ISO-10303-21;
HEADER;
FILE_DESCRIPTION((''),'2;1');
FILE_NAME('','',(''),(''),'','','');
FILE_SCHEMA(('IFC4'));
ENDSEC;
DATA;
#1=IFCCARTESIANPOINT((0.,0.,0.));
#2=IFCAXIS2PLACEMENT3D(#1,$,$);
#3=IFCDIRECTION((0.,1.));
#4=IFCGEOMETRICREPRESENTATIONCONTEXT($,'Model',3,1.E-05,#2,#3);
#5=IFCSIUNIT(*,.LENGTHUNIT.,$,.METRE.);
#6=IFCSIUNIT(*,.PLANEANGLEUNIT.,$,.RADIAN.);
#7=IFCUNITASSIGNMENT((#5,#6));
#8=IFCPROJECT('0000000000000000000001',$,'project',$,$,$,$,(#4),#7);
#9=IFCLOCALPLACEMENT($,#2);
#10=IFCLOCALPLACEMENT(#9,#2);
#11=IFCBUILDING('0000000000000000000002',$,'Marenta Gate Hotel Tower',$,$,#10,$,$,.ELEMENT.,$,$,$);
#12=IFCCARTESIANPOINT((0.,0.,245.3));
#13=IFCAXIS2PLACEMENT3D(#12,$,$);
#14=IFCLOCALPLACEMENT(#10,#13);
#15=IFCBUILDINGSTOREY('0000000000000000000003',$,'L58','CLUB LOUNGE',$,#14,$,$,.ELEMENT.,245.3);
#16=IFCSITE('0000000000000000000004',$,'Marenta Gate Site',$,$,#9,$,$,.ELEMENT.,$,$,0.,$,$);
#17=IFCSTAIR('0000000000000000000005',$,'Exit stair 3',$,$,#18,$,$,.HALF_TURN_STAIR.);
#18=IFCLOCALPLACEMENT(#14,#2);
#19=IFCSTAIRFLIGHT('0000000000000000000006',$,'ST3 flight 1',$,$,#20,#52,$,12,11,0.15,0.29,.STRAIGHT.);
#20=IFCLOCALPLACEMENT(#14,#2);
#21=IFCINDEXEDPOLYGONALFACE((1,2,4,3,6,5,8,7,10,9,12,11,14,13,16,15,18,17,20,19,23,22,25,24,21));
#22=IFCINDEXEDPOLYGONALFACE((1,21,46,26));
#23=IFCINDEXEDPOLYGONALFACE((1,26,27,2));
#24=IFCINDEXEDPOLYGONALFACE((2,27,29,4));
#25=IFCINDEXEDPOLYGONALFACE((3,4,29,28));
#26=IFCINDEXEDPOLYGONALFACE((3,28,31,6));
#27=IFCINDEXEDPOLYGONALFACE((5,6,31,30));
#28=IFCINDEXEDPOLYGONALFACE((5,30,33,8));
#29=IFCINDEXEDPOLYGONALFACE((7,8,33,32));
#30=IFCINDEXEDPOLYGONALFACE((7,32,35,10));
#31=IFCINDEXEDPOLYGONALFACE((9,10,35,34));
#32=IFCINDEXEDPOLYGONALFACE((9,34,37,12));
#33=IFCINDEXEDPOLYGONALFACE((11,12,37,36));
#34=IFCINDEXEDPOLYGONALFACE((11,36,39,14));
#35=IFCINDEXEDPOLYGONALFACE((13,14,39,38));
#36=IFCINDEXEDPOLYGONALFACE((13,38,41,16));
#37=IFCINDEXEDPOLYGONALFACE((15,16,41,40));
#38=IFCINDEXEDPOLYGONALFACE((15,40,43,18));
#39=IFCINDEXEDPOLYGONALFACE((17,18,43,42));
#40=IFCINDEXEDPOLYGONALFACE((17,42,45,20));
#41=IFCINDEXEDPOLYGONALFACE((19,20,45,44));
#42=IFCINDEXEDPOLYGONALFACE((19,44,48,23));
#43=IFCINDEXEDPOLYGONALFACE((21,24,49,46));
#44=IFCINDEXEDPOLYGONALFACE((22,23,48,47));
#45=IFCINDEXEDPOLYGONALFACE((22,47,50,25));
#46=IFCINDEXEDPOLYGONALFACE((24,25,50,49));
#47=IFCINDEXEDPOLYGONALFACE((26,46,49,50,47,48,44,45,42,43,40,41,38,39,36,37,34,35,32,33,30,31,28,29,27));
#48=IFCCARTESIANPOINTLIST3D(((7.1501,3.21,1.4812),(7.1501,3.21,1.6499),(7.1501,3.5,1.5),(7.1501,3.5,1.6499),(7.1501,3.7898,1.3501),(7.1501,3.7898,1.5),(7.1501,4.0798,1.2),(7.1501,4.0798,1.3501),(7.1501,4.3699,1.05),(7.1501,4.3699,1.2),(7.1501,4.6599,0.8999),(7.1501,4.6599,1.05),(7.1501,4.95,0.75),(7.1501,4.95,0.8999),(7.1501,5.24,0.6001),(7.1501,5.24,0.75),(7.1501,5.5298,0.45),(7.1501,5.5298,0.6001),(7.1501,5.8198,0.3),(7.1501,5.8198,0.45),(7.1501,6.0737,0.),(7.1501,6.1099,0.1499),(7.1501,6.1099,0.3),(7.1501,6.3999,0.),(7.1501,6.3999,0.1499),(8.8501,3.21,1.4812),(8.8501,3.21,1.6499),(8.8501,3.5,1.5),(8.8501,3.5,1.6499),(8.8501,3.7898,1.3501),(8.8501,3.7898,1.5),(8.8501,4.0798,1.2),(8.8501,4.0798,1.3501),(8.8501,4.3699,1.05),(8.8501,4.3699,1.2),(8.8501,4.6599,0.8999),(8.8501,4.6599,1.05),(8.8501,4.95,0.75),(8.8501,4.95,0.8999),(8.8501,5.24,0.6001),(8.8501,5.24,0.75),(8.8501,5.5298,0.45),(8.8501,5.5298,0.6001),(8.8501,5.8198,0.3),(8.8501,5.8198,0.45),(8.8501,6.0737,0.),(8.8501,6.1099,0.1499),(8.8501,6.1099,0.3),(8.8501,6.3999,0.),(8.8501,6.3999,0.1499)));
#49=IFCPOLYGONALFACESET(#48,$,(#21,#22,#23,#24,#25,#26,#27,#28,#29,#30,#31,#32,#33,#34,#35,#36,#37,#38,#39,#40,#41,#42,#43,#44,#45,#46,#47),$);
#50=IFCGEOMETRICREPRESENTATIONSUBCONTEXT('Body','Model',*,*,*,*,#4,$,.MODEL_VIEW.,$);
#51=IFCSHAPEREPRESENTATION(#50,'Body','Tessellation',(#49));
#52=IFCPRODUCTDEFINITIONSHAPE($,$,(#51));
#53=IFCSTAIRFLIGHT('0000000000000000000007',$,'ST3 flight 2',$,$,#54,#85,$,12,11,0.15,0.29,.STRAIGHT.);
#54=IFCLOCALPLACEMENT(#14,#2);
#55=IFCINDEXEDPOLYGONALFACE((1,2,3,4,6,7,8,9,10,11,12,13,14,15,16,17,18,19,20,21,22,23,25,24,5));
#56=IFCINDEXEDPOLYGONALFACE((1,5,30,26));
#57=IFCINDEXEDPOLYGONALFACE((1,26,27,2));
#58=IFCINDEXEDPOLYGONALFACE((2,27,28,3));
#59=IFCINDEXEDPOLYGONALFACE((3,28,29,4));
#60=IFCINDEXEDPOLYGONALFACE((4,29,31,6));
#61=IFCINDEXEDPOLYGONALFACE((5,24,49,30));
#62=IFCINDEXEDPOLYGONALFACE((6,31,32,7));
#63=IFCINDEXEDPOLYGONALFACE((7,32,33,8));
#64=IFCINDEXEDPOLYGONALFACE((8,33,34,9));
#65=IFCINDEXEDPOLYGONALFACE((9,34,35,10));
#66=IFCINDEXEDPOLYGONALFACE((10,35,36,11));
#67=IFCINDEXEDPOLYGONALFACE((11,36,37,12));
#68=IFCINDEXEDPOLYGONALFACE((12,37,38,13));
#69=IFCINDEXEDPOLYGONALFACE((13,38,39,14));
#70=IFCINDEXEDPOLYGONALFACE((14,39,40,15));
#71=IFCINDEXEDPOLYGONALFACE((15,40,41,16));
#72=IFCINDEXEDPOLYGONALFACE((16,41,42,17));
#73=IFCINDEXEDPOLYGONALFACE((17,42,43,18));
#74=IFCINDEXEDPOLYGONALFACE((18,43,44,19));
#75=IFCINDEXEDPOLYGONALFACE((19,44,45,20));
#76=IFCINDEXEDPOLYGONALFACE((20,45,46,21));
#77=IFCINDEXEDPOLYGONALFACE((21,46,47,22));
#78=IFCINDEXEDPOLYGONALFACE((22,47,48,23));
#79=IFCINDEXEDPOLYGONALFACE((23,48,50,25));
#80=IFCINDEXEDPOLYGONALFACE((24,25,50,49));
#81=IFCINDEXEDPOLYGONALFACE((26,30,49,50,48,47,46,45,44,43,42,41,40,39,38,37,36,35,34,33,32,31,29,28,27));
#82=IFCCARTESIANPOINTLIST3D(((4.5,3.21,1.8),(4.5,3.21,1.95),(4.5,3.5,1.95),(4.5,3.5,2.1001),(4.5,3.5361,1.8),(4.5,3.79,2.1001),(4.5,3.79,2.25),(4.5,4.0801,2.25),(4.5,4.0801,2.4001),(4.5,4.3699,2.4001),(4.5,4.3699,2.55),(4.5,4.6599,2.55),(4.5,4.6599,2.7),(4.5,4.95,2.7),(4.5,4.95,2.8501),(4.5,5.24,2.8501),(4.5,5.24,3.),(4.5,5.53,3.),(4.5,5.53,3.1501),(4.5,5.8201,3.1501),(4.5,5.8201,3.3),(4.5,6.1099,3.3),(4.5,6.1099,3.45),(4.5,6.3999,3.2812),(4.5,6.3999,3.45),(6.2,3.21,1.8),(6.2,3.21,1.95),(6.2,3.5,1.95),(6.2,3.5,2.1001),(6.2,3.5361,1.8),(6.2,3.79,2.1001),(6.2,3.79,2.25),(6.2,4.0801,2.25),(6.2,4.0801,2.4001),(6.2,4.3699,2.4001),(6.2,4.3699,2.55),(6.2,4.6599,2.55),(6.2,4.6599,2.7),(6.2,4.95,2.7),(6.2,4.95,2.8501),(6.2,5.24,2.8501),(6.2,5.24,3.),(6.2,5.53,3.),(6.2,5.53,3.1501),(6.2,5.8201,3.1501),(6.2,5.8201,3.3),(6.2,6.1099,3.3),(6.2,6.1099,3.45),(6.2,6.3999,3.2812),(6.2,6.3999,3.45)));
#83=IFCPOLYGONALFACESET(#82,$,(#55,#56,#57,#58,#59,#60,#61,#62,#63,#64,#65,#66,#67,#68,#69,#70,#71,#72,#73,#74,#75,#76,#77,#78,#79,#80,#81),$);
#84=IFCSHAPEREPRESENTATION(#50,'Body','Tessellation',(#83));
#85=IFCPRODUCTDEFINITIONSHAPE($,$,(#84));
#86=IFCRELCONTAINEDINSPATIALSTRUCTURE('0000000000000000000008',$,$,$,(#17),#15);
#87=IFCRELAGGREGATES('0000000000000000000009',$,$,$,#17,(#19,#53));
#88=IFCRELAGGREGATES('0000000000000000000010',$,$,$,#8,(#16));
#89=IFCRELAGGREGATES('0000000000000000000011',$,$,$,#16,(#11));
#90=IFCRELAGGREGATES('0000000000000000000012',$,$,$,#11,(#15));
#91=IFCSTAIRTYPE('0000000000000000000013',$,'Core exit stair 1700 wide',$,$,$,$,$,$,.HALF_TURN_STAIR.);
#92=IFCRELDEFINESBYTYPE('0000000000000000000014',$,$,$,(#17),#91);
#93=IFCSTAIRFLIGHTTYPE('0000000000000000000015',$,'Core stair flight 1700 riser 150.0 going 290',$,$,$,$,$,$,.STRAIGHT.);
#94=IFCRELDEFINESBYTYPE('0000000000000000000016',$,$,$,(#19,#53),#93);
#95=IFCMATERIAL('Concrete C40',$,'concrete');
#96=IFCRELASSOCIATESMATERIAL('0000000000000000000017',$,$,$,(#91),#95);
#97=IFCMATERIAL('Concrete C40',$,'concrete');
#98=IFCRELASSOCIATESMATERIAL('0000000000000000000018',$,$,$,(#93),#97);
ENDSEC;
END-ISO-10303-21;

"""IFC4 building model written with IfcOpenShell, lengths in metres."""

from ifc_helpers import new_model, si_unit, direction, frame, origin, place, context, subcontext, project, spatial, polyline, outline, extrude, material, type_object, element, aggregate, save


model = new_model("IFC4")

# Units and contexts
model_context = context("Model", 3, precision=1e-05, world=origin(), true_north=direction((0.0, 1.0)))
body_context = subcontext(model_context, "Body", "Model", "MODEL_VIEW")
ifc_project = project(units=[si_unit("LENGTHUNIT", "METRE"), si_unit("PLANEANGLEUNIT", "RADIAN")], contexts=[model_context])

# Site, building, storey
site_placement = place(None, origin())
site = spatial("IfcSite", under=ifc_project, at=site_placement, Name="Marenta Gate Site", CompositionType="ELEMENT", RefElevation=0.0)
building_placement = place(site_placement, origin())
building = spatial("IfcBuilding", under=site, at=building_placement, Name="Marenta Gate Hotel Tower", CompositionType="ELEMENT")
storey_placement = place(building_placement, frame((0.0, 0.0, 245.3)))
storey = spatial("IfcBuildingStorey", under=building, at=storey_placement, Name="L58", Description="CLUB LOUNGE", CompositionType="ELEMENT", Elevation=245.3)

# Stair, stair flights
ifc_material_1 = material(Name="Concrete C40", Category="concrete")
stair_type = type_object("IfcStairType", Name="Core exit stair 1700 wide", PredefinedType="HALF_TURN_STAIR", material=ifc_material_1)
stair_placement = place(storey_placement, origin())
stair = element("IfcStair", 1, at=stair_placement, inside=storey, type_object=stair_type, Name="Exit stair 3", PredefinedType="HALF_TURN_STAIR")
ifc_material_2 = material(Name="Concrete C40", Category="concrete")
stair_flight_type = type_object("IfcStairFlightType", Name="Core stair flight 1700 riser 150.0 going 290", PredefinedType="STRAIGHT", material=ifc_material_2)
stair_flight_1_placement = place(storey_placement, frame((8.0, 6.3999, 0.0), z_axis=(0.0, 0.0, 1.0), x_axis=(0.0, -1.0, 0.0)))
stair_flight_1 = element("IfcStairFlight", 2, at=stair_flight_1_placement, type_object=stair_flight_type, Name="ST3 flight 1", NumberOfRisers=12, NumberOfTreads=11, PredefinedType="STRAIGHT", RiserHeight=0.15, TreadLength=0.29, context=body_context, shape_type="SweptSolid", body=[
    extrude(outline(polyline([(0.0, 0.0), (0.0, 0.1499), (0.29, 0.1499), (0.29, 0.3), (0.5801, 0.3), (0.5801, 0.45), (0.8701, 0.45), (0.8701, 0.6001), (1.1599, 0.6001), (1.1599, 0.75), (1.45, 0.75), (1.45, 0.8999), (1.74, 0.8999), (1.74, 1.05), (2.03, 1.05), (2.03, 1.2), (2.3201, 1.2), (2.3201, 1.3501), (2.6101, 1.3501), (2.6101, 1.5), (2.8999, 1.5), (2.8999, 1.6499), (3.1899, 1.6499), (3.1899, 1.8), (3.1899, 1.4812), (0.3262, 0.0), (0.0, 0.0)])), frame((0.0, 0.8501, 0.0), z_axis=(0.0, -1.0, 0.0), x_axis=(1.0, 0.0, 0.0)), (0.0, 0.0, 1.0), 1.7),
])
stair_flight_2_placement = place(storey_placement, frame((5.3501, 3.21, 1.8), z_axis=(0.0, 0.0, 1.0), x_axis=(0.0, 1.0, 0.0)))
stair_flight_2 = element("IfcStairFlight", 3, at=stair_flight_2_placement, type_object=stair_flight_type, Name="ST3 flight 2", NumberOfRisers=12, NumberOfTreads=11, PredefinedType="STRAIGHT", RiserHeight=0.15, TreadLength=0.29, context=body_context, shape_type="SweptSolid", body=[
    extrude(outline(polyline([(0.0, 0.0), (0.0, 0.1499), (0.29, 0.1499), (0.29, 0.3), (0.5801, 0.3), (0.5801, 0.45), (0.8701, 0.45), (0.8701, 0.6001), (1.1599, 0.6001), (1.1599, 0.75), (1.45, 0.75), (1.45, 0.8999), (1.74, 0.8999), (1.74, 1.05), (2.03, 1.05), (2.03, 1.2), (2.3201, 1.2), (2.3201, 1.3501), (2.6101, 1.3501), (2.6101, 1.5), (2.8999, 1.5), (2.8999, 1.6499), (3.1899, 1.6499), (3.1899, 1.8), (3.1899, 1.4812), (0.3262, 0.0), (0.0, 0.0)])), frame((0.0, 0.8501, 0.0), z_axis=(0.0, -1.0, 0.0), x_axis=(1.0, 0.0, 0.0)), (0.0, 0.0, 1.0), 1.7),
])
aggregate(stair, [stair_flight_1, stair_flight_2])

save(model, "model.ifc")
